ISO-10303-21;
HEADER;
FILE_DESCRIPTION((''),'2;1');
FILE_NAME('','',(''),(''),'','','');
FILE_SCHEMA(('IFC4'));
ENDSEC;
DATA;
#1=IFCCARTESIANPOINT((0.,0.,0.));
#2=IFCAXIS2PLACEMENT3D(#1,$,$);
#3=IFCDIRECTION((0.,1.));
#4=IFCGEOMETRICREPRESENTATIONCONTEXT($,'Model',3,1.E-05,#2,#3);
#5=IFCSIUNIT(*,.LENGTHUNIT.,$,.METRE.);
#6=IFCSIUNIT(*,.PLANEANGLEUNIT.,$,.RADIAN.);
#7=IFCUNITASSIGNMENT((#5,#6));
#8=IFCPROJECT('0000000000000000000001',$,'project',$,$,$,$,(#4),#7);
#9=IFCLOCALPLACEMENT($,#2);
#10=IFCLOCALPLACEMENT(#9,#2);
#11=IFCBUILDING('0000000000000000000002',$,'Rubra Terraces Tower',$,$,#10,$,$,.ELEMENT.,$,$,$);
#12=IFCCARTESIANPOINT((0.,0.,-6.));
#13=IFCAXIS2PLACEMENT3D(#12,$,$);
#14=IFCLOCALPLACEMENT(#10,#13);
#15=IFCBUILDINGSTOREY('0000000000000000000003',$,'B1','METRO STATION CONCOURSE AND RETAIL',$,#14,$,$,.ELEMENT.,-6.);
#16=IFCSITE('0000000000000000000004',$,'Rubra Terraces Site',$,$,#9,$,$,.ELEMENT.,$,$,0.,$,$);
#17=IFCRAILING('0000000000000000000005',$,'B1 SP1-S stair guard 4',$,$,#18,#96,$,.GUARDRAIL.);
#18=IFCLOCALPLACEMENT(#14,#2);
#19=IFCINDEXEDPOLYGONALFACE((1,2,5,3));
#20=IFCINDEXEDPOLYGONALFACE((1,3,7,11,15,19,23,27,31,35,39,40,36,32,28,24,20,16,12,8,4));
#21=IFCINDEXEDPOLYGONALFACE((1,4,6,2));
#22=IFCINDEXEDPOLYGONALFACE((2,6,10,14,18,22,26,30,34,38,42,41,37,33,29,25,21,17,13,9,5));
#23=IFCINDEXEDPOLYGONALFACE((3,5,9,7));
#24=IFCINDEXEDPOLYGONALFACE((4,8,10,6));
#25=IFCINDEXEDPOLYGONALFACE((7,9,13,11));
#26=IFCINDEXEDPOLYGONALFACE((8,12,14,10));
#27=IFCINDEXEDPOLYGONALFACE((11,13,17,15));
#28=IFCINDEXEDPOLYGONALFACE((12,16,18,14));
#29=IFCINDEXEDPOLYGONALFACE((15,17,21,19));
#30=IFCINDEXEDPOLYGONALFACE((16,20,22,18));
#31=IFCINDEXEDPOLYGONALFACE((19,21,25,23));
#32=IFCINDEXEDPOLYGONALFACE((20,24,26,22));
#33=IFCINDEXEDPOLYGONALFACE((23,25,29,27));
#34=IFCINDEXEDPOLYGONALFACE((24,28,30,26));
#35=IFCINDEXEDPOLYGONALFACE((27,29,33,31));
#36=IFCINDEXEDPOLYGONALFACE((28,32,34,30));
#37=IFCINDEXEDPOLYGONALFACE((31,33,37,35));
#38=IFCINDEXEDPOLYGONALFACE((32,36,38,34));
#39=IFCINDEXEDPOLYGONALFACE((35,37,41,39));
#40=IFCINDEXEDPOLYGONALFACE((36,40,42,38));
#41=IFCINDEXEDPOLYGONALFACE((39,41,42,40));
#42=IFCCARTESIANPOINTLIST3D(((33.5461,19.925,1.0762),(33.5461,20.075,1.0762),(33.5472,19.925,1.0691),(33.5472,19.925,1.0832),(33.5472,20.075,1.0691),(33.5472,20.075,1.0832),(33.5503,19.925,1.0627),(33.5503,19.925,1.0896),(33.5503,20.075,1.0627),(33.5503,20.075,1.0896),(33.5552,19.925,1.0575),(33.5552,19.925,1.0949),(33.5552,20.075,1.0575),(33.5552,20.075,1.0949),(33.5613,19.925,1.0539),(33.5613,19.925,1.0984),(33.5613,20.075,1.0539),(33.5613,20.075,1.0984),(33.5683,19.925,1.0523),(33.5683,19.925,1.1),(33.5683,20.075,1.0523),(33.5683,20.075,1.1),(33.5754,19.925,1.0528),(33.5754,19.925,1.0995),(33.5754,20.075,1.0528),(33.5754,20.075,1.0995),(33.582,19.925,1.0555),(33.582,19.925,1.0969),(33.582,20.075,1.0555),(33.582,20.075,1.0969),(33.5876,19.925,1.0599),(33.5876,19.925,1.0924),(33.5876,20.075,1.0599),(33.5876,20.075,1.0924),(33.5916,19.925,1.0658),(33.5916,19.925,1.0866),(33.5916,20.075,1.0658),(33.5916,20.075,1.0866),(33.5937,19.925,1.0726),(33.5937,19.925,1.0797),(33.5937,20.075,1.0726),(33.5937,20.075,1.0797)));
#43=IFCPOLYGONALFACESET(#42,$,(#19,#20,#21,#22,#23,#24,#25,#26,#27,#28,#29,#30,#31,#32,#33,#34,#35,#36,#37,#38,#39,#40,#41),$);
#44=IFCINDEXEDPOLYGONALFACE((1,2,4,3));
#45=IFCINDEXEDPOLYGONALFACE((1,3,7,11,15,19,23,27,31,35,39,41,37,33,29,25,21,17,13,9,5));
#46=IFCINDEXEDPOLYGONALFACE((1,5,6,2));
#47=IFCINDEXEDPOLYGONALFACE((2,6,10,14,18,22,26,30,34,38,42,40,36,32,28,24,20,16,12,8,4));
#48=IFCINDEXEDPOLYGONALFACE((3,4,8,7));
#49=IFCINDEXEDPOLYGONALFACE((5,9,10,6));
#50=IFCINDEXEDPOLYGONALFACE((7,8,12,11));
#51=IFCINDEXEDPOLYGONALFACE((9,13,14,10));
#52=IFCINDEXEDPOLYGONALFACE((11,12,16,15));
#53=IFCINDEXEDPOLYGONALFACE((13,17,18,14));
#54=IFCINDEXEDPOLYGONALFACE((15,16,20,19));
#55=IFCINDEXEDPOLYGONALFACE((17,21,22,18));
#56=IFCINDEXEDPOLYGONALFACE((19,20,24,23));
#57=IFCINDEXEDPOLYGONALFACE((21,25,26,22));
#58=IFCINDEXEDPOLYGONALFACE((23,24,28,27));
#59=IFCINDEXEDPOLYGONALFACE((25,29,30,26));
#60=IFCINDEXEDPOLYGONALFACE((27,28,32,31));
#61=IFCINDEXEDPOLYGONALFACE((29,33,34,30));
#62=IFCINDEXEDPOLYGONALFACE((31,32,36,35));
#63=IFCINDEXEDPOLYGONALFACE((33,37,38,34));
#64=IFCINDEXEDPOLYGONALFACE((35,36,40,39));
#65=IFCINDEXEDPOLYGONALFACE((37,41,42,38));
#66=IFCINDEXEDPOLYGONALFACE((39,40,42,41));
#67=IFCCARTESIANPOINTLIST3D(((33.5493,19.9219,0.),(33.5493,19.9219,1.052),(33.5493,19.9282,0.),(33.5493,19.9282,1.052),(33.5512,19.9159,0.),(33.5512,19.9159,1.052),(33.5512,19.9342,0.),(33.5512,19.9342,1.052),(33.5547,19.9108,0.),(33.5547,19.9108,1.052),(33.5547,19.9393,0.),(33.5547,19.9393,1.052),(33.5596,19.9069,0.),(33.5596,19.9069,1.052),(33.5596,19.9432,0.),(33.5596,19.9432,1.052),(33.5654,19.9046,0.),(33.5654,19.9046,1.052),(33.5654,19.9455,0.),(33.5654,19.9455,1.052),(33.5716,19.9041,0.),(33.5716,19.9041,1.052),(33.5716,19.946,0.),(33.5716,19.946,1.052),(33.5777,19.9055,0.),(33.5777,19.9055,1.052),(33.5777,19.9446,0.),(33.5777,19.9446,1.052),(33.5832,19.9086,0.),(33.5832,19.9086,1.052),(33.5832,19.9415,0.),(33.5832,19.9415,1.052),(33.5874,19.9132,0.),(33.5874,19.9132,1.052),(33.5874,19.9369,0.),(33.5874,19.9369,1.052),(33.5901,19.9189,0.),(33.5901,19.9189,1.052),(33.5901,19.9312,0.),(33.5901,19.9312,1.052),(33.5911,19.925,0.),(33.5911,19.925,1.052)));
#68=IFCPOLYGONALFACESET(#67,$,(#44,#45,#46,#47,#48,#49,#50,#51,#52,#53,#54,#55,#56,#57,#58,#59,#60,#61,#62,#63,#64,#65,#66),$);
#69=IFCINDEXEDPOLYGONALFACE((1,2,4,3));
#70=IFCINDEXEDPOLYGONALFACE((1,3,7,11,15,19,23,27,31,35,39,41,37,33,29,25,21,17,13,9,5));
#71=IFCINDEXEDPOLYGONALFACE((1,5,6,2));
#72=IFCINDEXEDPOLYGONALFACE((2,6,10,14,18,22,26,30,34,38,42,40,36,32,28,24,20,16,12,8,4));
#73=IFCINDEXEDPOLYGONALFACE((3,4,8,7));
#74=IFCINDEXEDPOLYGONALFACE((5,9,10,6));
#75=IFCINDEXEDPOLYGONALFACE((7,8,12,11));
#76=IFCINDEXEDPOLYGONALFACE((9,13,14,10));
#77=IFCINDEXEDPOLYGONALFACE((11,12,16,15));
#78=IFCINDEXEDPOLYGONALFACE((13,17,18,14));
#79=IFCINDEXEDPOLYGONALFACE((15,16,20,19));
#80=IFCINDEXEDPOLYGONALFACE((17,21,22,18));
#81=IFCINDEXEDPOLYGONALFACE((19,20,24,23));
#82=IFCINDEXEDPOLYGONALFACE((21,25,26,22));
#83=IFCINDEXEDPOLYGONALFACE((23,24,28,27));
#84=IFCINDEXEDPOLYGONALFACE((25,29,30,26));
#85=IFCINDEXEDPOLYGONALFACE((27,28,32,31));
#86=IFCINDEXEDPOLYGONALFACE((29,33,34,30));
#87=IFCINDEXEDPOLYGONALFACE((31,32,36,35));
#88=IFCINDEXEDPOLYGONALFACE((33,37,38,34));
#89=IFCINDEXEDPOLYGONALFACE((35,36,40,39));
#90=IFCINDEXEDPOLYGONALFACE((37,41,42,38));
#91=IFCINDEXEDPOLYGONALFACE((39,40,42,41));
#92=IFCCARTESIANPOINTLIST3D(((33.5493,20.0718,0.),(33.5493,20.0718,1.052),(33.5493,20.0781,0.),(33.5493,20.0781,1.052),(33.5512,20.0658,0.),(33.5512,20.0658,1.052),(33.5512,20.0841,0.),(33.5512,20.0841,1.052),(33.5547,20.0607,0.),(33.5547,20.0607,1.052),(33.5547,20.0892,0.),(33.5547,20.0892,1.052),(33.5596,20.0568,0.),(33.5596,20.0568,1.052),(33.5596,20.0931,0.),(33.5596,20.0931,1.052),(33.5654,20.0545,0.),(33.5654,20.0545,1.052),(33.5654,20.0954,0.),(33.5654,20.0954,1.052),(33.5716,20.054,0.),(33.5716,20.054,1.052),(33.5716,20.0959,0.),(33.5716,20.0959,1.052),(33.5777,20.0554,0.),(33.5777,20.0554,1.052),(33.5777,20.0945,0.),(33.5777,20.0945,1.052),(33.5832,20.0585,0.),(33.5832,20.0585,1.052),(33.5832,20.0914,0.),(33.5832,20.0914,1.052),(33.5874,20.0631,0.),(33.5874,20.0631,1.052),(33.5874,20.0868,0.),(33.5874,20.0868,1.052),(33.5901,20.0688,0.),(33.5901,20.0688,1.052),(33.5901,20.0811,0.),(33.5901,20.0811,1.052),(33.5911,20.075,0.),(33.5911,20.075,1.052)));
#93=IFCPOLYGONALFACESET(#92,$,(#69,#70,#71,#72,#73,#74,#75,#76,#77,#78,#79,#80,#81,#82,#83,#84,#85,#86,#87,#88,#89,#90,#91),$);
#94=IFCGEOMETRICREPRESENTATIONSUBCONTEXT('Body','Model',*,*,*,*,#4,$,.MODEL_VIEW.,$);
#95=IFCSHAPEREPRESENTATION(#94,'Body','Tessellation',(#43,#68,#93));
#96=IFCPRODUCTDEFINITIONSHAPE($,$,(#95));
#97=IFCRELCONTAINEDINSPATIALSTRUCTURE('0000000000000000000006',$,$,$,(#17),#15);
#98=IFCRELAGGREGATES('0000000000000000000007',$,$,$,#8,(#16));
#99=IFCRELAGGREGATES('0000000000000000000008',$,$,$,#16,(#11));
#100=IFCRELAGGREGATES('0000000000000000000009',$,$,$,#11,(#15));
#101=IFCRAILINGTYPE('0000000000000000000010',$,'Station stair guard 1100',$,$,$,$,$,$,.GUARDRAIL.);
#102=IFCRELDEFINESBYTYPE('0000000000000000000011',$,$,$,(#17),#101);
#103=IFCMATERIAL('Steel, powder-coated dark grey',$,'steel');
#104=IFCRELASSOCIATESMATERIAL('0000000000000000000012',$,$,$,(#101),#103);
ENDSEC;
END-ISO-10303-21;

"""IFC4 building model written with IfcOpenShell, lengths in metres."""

from ifc_helpers import new_model, si_unit, direction, frame, origin, origin_2d, place, context, subcontext, project, spatial, circle, extrude, material, type_object, element, save


model = new_model("IFC4")

# Units and contexts
model_context = context("Model", 3, precision=1e-05, world=origin(), true_north=direction((0.0, 1.0)))
body_context = subcontext(model_context, "Body", "Model", "MODEL_VIEW")
ifc_project = project(units=[si_unit("LENGTHUNIT", "METRE"), si_unit("PLANEANGLEUNIT", "RADIAN")], contexts=[model_context])

# Site, building, storey
site_placement = place(None, origin())
site = spatial("IfcSite", under=ifc_project, at=site_placement, Name="Rubra Terraces Site", CompositionType="ELEMENT", RefElevation=0.0)
building_placement = place(site_placement, origin())
building = spatial("IfcBuilding", under=site, at=building_placement, Name="Rubra Terraces Tower", CompositionType="ELEMENT")
storey_placement = place(building_placement, frame((0.0, 0.0, -6.0)))
storey = spatial("IfcBuildingStorey", under=building, at=storey_placement, Name="B1", Description="METRO STATION CONCOURSE AND RETAIL", CompositionType="ELEMENT", Elevation=-6.0)

# Railing
ifc_material_1 = material(Name="Steel, powder-coated dark grey", Category="steel")
railing_type_1 = type_object("IfcRailingType", Name="Station stair guard 1100", PredefinedType="GUARDRAIL", material=ifc_material_1)
railing_1_placement = place(storey_placement, frame((33.5701, 19.925, 0.0)))
element("IfcRailing", 1, at=railing_1_placement, inside=storey, type_object=railing_type_1, Name="B1 SP1-S stair guard 4", PredefinedType="GUARDRAIL", context=body_context, shape_type="SweptSolid", body=[
    extrude(circle(Radius=0.0239, at=origin_2d()), frame((0.0, 0.0, 1.0762), z_axis=(0.0, 1.0, 0.0), x_axis=(-1.0, 0.0, 0.0)), (0.0, 0.0, 1.0), 0.1499),
    extrude(circle(Radius=0.021, at=origin_2d()), origin(), (0.0, 0.0, 1.0), 1.052),
    extrude(circle(Radius=0.021, at=origin_2d()), frame((0.0, 0.1499, 0.0)), (0.0, 0.0, 1.0), 1.052),
])

save(model, "model.ifc")
